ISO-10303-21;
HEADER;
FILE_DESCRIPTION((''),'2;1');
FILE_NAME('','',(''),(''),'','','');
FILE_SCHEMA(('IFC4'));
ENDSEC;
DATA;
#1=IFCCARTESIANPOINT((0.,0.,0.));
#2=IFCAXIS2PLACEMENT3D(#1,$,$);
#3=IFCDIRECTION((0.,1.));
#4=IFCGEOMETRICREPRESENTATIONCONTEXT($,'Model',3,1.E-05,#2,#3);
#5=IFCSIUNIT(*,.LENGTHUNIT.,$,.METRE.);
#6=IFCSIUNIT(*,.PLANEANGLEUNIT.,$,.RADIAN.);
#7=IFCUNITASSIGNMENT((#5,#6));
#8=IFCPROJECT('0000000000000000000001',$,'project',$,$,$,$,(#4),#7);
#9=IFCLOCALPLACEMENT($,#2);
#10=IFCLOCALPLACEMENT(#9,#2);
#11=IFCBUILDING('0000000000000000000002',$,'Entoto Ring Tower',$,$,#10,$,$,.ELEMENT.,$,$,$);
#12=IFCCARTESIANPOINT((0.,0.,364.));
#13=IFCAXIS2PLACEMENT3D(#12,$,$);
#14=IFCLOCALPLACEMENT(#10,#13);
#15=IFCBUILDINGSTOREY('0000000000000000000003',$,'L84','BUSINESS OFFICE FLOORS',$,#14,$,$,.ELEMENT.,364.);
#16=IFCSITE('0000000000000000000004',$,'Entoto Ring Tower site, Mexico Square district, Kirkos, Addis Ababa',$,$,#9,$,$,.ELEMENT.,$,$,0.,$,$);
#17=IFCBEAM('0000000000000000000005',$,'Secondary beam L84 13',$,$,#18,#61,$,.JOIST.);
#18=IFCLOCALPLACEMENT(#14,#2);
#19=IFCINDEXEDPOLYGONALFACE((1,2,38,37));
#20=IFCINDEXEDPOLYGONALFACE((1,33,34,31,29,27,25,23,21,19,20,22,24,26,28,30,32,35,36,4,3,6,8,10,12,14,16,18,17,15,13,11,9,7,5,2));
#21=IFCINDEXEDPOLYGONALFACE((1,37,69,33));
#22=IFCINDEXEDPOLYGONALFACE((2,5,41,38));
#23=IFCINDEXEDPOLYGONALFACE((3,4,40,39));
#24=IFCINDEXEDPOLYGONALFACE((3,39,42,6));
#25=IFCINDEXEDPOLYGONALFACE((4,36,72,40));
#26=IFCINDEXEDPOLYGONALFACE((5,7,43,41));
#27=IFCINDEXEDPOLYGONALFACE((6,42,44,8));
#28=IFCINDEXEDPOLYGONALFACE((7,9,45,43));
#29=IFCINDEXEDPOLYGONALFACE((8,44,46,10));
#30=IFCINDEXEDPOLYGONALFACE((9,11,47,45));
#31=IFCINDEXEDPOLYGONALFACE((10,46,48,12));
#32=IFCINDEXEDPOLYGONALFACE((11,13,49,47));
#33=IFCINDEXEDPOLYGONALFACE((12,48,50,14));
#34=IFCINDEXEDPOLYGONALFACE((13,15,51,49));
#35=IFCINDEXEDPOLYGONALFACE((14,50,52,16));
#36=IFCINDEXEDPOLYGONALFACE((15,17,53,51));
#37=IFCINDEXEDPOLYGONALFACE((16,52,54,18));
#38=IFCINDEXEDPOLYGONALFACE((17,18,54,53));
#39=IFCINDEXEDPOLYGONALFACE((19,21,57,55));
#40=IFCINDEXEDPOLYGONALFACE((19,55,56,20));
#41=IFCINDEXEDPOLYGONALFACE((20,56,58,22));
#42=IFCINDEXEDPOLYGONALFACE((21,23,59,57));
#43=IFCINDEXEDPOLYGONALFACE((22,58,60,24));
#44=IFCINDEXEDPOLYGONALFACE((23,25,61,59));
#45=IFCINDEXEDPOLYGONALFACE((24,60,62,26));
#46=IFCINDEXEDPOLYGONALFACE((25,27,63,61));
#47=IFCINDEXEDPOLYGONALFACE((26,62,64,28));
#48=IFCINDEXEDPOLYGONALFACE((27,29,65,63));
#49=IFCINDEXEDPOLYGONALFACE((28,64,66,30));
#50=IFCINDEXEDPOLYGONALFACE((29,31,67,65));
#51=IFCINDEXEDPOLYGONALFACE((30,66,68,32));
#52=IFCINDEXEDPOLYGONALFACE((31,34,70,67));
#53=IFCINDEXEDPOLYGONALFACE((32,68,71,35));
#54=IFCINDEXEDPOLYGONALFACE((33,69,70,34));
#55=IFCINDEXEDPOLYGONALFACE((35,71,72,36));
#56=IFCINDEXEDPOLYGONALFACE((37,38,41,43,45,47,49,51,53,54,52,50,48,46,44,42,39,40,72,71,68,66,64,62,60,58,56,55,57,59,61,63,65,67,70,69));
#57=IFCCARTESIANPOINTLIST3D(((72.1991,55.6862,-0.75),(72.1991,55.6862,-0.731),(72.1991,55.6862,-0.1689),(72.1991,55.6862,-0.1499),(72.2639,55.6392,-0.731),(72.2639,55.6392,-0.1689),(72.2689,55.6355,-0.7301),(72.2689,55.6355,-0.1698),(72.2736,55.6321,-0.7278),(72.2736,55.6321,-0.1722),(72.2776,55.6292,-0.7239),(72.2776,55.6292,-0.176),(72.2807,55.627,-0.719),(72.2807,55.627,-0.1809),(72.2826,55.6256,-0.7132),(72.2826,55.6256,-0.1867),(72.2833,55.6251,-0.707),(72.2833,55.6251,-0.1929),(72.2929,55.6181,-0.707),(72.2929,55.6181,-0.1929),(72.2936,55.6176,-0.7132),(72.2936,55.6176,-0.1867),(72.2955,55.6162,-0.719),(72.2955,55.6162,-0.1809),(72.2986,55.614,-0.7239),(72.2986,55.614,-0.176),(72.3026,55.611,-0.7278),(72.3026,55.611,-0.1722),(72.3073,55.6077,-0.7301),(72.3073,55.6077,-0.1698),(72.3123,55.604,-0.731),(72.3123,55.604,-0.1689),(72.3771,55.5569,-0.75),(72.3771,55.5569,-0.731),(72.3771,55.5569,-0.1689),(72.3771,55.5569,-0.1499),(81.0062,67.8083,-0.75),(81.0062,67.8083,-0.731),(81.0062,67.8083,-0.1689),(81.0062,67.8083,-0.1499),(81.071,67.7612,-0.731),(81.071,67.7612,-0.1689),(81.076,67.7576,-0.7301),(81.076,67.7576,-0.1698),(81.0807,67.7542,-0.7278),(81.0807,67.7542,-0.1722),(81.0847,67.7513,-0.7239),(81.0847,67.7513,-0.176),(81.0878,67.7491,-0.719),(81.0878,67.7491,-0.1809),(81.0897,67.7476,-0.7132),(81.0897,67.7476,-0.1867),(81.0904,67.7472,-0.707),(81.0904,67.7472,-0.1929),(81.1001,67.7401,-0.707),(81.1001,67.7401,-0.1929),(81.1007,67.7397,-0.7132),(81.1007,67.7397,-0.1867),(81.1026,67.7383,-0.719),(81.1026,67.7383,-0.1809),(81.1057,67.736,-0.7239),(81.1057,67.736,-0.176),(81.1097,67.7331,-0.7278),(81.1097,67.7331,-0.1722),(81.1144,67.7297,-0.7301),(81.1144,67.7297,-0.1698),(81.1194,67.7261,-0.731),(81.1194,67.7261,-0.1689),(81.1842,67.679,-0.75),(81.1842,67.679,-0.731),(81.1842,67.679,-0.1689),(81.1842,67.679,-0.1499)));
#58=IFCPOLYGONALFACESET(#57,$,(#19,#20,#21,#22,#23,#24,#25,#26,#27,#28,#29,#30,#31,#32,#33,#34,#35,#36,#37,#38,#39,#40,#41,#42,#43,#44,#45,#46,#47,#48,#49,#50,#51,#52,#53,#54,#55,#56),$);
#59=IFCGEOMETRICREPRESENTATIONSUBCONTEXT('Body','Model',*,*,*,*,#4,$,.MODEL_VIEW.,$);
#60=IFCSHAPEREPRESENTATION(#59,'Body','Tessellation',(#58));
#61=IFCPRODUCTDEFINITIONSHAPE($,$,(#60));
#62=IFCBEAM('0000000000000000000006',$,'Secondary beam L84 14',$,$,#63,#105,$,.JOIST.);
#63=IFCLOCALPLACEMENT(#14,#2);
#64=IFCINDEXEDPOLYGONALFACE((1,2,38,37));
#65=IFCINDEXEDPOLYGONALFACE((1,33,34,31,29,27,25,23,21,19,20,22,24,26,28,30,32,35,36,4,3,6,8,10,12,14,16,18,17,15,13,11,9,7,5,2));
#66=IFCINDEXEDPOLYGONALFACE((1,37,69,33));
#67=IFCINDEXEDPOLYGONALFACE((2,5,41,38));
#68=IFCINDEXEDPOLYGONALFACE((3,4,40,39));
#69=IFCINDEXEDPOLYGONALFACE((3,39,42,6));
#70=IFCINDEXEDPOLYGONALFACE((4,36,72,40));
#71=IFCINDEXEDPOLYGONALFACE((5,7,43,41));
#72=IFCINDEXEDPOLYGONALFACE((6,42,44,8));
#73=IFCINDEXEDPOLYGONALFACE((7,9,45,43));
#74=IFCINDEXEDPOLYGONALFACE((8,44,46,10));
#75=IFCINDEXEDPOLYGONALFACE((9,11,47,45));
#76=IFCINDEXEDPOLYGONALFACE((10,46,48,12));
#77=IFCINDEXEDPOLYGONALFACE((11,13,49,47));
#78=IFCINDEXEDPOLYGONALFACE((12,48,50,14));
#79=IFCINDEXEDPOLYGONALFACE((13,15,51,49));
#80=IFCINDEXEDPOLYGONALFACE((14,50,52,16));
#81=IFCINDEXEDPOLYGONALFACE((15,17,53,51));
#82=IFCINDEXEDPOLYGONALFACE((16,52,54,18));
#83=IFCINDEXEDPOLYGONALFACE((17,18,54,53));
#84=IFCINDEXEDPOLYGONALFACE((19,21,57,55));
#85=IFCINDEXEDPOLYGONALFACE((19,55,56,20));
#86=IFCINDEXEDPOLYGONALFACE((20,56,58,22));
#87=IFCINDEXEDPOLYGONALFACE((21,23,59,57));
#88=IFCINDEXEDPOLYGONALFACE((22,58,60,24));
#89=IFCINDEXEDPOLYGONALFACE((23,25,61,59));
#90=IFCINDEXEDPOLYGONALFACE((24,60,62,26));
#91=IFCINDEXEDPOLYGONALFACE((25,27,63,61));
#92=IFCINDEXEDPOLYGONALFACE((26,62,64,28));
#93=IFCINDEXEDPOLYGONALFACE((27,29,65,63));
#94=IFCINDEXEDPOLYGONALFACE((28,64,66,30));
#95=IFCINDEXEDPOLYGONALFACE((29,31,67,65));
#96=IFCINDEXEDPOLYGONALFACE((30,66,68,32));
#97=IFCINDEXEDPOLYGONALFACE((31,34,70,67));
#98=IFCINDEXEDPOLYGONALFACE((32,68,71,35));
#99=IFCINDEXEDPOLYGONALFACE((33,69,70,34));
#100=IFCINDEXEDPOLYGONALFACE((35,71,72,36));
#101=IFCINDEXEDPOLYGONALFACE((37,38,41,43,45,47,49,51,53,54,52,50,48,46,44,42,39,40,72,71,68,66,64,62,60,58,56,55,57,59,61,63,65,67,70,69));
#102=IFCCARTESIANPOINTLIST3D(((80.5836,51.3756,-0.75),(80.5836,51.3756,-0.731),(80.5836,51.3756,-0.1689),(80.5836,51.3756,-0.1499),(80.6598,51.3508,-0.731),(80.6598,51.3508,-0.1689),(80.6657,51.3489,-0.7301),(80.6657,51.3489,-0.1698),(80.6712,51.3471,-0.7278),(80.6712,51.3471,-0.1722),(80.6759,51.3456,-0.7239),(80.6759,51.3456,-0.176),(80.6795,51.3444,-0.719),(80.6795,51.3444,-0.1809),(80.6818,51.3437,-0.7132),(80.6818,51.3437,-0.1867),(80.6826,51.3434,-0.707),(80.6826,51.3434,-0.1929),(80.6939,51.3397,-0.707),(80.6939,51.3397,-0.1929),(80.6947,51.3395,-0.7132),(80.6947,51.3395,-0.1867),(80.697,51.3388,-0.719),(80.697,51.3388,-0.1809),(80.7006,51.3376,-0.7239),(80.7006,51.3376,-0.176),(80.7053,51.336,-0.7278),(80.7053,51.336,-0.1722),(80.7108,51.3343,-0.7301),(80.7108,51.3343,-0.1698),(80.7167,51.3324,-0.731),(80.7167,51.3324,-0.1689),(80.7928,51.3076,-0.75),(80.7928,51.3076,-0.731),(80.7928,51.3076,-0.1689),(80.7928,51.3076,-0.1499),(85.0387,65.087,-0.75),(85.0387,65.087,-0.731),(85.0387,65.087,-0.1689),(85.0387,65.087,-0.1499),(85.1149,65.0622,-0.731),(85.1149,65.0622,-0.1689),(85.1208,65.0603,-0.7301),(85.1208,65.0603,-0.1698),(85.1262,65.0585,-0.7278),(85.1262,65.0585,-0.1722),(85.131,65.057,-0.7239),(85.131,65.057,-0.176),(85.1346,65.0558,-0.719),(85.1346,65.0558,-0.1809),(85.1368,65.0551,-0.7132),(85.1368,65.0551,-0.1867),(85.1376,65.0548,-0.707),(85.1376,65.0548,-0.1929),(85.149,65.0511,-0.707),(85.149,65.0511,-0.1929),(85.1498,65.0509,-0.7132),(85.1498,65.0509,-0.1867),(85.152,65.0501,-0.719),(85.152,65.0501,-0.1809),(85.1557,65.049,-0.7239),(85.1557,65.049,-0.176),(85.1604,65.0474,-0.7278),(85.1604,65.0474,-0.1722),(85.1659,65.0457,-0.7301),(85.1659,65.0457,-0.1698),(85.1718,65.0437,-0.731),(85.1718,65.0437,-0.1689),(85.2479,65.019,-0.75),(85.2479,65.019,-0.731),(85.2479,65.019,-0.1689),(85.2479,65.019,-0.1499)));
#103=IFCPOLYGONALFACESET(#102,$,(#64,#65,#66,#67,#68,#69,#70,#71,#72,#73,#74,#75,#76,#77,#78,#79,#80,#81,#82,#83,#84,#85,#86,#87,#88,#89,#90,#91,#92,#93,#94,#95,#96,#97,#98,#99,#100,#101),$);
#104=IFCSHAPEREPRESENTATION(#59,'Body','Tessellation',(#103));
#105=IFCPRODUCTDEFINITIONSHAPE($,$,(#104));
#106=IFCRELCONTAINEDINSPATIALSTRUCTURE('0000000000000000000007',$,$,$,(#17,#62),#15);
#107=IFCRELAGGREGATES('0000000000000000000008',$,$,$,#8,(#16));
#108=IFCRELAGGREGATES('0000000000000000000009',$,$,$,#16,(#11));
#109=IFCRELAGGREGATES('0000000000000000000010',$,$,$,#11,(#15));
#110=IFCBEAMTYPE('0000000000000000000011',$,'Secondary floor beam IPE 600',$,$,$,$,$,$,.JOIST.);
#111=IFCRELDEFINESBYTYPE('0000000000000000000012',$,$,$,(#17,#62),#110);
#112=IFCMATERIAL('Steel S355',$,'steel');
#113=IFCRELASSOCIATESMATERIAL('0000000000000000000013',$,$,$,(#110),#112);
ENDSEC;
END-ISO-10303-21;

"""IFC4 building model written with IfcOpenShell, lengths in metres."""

from ifc_helpers import new_model, si_unit, direction, frame, origin, origin_2d, place, context, subcontext, project, spatial, i_section, extrude, material, material_profile, profile_set, type_object, element, save


model = new_model("IFC4")

# Units and contexts
model_context = context("Model", 3, precision=1e-05, world=origin(), true_north=direction((0.0, 1.0)))
body_context = subcontext(model_context, "Body", "Model", "MODEL_VIEW")
ifc_project = project(units=[si_unit("LENGTHUNIT", "METRE"), si_unit("PLANEANGLEUNIT", "RADIAN")], contexts=[model_context])

# Site, building, storey
site_placement = place(None, origin())
site = spatial("IfcSite", under=ifc_project, at=site_placement, Name="Entoto Ring Tower site, Mexico Square district, Kirkos, Addis Ababa", CompositionType="ELEMENT", RefElevation=0.0)
building_placement = place(site_placement, origin())
building = spatial("IfcBuilding", under=site, at=building_placement, Name="Entoto Ring Tower", CompositionType="ELEMENT")
storey_placement = place(building_placement, frame((0.0, 0.0, 364.0)))
storey = spatial("IfcBuildingStorey", under=building, at=storey_placement, Name="L84", Description="BUSINESS OFFICE FLOORS", CompositionType="ELEMENT", Elevation=364.0)

# Beams
ifc_material_1 = material(Name="Steel S355", Category="steel")
ifc_material_profile_1 = material_profile(ifc_material_1, i_section(OverallWidth=0.22, OverallDepth=0.6001, WebThickness=0.012, FlangeThickness=0.019, FilletRadius=0.0239, at=origin_2d()), Name="IPE 600")
ifc_profile_set_1 = profile_set([ifc_material_profile_1], Name="Steel S355")
beam_type_1 = type_object("IfcBeamType", Name="Secondary floor beam IPE 600", PredefinedType="JOIST", material=ifc_profile_set_1)
for number, where, z_axis, x_axis, name in (
    (1, (81.0952, 67.7437, -0.45), (-0.587782, -0.809019, 0.0), (0.809019, -0.587782, 0.0), "Secondary beam L84 13"),
):
    element("IfcBeam", number, at=place(storey_placement, frame(where, z_axis=z_axis, x_axis=x_axis)), inside=storey, type_object=beam_type_1, Name=name, PredefinedType="JOIST", context=body_context, shape_type="SweptSolid", body=[
        extrude(i_section(OverallWidth=0.22, OverallDepth=0.6001, WebThickness=0.012, FlangeThickness=0.019, FilletRadius=0.0239, at=origin_2d()), origin(), (0.0, 0.0, 1.0), 14.9836),
    ])
beam_1_placement = place(storey_placement, frame((85.1433, 65.053, -0.45), z_axis=(-0.309015, -0.951057, 0.0), x_axis=(0.951057, -0.309015, 0.0)))
element("IfcBeam", 2, at=beam_1_placement, inside=storey, type_object=beam_type_1, Name="Secondary beam L84 14", PredefinedType="JOIST", context=body_context, shape_type="SweptSolid", body=[
    extrude(i_section(OverallWidth=0.22, OverallDepth=0.6001, WebThickness=0.012, FlangeThickness=0.019, FilletRadius=0.0239, at=origin_2d()), origin(), (0.0, 0.0, 1.0), 14.417),
])

save(model, "model.ifc")
